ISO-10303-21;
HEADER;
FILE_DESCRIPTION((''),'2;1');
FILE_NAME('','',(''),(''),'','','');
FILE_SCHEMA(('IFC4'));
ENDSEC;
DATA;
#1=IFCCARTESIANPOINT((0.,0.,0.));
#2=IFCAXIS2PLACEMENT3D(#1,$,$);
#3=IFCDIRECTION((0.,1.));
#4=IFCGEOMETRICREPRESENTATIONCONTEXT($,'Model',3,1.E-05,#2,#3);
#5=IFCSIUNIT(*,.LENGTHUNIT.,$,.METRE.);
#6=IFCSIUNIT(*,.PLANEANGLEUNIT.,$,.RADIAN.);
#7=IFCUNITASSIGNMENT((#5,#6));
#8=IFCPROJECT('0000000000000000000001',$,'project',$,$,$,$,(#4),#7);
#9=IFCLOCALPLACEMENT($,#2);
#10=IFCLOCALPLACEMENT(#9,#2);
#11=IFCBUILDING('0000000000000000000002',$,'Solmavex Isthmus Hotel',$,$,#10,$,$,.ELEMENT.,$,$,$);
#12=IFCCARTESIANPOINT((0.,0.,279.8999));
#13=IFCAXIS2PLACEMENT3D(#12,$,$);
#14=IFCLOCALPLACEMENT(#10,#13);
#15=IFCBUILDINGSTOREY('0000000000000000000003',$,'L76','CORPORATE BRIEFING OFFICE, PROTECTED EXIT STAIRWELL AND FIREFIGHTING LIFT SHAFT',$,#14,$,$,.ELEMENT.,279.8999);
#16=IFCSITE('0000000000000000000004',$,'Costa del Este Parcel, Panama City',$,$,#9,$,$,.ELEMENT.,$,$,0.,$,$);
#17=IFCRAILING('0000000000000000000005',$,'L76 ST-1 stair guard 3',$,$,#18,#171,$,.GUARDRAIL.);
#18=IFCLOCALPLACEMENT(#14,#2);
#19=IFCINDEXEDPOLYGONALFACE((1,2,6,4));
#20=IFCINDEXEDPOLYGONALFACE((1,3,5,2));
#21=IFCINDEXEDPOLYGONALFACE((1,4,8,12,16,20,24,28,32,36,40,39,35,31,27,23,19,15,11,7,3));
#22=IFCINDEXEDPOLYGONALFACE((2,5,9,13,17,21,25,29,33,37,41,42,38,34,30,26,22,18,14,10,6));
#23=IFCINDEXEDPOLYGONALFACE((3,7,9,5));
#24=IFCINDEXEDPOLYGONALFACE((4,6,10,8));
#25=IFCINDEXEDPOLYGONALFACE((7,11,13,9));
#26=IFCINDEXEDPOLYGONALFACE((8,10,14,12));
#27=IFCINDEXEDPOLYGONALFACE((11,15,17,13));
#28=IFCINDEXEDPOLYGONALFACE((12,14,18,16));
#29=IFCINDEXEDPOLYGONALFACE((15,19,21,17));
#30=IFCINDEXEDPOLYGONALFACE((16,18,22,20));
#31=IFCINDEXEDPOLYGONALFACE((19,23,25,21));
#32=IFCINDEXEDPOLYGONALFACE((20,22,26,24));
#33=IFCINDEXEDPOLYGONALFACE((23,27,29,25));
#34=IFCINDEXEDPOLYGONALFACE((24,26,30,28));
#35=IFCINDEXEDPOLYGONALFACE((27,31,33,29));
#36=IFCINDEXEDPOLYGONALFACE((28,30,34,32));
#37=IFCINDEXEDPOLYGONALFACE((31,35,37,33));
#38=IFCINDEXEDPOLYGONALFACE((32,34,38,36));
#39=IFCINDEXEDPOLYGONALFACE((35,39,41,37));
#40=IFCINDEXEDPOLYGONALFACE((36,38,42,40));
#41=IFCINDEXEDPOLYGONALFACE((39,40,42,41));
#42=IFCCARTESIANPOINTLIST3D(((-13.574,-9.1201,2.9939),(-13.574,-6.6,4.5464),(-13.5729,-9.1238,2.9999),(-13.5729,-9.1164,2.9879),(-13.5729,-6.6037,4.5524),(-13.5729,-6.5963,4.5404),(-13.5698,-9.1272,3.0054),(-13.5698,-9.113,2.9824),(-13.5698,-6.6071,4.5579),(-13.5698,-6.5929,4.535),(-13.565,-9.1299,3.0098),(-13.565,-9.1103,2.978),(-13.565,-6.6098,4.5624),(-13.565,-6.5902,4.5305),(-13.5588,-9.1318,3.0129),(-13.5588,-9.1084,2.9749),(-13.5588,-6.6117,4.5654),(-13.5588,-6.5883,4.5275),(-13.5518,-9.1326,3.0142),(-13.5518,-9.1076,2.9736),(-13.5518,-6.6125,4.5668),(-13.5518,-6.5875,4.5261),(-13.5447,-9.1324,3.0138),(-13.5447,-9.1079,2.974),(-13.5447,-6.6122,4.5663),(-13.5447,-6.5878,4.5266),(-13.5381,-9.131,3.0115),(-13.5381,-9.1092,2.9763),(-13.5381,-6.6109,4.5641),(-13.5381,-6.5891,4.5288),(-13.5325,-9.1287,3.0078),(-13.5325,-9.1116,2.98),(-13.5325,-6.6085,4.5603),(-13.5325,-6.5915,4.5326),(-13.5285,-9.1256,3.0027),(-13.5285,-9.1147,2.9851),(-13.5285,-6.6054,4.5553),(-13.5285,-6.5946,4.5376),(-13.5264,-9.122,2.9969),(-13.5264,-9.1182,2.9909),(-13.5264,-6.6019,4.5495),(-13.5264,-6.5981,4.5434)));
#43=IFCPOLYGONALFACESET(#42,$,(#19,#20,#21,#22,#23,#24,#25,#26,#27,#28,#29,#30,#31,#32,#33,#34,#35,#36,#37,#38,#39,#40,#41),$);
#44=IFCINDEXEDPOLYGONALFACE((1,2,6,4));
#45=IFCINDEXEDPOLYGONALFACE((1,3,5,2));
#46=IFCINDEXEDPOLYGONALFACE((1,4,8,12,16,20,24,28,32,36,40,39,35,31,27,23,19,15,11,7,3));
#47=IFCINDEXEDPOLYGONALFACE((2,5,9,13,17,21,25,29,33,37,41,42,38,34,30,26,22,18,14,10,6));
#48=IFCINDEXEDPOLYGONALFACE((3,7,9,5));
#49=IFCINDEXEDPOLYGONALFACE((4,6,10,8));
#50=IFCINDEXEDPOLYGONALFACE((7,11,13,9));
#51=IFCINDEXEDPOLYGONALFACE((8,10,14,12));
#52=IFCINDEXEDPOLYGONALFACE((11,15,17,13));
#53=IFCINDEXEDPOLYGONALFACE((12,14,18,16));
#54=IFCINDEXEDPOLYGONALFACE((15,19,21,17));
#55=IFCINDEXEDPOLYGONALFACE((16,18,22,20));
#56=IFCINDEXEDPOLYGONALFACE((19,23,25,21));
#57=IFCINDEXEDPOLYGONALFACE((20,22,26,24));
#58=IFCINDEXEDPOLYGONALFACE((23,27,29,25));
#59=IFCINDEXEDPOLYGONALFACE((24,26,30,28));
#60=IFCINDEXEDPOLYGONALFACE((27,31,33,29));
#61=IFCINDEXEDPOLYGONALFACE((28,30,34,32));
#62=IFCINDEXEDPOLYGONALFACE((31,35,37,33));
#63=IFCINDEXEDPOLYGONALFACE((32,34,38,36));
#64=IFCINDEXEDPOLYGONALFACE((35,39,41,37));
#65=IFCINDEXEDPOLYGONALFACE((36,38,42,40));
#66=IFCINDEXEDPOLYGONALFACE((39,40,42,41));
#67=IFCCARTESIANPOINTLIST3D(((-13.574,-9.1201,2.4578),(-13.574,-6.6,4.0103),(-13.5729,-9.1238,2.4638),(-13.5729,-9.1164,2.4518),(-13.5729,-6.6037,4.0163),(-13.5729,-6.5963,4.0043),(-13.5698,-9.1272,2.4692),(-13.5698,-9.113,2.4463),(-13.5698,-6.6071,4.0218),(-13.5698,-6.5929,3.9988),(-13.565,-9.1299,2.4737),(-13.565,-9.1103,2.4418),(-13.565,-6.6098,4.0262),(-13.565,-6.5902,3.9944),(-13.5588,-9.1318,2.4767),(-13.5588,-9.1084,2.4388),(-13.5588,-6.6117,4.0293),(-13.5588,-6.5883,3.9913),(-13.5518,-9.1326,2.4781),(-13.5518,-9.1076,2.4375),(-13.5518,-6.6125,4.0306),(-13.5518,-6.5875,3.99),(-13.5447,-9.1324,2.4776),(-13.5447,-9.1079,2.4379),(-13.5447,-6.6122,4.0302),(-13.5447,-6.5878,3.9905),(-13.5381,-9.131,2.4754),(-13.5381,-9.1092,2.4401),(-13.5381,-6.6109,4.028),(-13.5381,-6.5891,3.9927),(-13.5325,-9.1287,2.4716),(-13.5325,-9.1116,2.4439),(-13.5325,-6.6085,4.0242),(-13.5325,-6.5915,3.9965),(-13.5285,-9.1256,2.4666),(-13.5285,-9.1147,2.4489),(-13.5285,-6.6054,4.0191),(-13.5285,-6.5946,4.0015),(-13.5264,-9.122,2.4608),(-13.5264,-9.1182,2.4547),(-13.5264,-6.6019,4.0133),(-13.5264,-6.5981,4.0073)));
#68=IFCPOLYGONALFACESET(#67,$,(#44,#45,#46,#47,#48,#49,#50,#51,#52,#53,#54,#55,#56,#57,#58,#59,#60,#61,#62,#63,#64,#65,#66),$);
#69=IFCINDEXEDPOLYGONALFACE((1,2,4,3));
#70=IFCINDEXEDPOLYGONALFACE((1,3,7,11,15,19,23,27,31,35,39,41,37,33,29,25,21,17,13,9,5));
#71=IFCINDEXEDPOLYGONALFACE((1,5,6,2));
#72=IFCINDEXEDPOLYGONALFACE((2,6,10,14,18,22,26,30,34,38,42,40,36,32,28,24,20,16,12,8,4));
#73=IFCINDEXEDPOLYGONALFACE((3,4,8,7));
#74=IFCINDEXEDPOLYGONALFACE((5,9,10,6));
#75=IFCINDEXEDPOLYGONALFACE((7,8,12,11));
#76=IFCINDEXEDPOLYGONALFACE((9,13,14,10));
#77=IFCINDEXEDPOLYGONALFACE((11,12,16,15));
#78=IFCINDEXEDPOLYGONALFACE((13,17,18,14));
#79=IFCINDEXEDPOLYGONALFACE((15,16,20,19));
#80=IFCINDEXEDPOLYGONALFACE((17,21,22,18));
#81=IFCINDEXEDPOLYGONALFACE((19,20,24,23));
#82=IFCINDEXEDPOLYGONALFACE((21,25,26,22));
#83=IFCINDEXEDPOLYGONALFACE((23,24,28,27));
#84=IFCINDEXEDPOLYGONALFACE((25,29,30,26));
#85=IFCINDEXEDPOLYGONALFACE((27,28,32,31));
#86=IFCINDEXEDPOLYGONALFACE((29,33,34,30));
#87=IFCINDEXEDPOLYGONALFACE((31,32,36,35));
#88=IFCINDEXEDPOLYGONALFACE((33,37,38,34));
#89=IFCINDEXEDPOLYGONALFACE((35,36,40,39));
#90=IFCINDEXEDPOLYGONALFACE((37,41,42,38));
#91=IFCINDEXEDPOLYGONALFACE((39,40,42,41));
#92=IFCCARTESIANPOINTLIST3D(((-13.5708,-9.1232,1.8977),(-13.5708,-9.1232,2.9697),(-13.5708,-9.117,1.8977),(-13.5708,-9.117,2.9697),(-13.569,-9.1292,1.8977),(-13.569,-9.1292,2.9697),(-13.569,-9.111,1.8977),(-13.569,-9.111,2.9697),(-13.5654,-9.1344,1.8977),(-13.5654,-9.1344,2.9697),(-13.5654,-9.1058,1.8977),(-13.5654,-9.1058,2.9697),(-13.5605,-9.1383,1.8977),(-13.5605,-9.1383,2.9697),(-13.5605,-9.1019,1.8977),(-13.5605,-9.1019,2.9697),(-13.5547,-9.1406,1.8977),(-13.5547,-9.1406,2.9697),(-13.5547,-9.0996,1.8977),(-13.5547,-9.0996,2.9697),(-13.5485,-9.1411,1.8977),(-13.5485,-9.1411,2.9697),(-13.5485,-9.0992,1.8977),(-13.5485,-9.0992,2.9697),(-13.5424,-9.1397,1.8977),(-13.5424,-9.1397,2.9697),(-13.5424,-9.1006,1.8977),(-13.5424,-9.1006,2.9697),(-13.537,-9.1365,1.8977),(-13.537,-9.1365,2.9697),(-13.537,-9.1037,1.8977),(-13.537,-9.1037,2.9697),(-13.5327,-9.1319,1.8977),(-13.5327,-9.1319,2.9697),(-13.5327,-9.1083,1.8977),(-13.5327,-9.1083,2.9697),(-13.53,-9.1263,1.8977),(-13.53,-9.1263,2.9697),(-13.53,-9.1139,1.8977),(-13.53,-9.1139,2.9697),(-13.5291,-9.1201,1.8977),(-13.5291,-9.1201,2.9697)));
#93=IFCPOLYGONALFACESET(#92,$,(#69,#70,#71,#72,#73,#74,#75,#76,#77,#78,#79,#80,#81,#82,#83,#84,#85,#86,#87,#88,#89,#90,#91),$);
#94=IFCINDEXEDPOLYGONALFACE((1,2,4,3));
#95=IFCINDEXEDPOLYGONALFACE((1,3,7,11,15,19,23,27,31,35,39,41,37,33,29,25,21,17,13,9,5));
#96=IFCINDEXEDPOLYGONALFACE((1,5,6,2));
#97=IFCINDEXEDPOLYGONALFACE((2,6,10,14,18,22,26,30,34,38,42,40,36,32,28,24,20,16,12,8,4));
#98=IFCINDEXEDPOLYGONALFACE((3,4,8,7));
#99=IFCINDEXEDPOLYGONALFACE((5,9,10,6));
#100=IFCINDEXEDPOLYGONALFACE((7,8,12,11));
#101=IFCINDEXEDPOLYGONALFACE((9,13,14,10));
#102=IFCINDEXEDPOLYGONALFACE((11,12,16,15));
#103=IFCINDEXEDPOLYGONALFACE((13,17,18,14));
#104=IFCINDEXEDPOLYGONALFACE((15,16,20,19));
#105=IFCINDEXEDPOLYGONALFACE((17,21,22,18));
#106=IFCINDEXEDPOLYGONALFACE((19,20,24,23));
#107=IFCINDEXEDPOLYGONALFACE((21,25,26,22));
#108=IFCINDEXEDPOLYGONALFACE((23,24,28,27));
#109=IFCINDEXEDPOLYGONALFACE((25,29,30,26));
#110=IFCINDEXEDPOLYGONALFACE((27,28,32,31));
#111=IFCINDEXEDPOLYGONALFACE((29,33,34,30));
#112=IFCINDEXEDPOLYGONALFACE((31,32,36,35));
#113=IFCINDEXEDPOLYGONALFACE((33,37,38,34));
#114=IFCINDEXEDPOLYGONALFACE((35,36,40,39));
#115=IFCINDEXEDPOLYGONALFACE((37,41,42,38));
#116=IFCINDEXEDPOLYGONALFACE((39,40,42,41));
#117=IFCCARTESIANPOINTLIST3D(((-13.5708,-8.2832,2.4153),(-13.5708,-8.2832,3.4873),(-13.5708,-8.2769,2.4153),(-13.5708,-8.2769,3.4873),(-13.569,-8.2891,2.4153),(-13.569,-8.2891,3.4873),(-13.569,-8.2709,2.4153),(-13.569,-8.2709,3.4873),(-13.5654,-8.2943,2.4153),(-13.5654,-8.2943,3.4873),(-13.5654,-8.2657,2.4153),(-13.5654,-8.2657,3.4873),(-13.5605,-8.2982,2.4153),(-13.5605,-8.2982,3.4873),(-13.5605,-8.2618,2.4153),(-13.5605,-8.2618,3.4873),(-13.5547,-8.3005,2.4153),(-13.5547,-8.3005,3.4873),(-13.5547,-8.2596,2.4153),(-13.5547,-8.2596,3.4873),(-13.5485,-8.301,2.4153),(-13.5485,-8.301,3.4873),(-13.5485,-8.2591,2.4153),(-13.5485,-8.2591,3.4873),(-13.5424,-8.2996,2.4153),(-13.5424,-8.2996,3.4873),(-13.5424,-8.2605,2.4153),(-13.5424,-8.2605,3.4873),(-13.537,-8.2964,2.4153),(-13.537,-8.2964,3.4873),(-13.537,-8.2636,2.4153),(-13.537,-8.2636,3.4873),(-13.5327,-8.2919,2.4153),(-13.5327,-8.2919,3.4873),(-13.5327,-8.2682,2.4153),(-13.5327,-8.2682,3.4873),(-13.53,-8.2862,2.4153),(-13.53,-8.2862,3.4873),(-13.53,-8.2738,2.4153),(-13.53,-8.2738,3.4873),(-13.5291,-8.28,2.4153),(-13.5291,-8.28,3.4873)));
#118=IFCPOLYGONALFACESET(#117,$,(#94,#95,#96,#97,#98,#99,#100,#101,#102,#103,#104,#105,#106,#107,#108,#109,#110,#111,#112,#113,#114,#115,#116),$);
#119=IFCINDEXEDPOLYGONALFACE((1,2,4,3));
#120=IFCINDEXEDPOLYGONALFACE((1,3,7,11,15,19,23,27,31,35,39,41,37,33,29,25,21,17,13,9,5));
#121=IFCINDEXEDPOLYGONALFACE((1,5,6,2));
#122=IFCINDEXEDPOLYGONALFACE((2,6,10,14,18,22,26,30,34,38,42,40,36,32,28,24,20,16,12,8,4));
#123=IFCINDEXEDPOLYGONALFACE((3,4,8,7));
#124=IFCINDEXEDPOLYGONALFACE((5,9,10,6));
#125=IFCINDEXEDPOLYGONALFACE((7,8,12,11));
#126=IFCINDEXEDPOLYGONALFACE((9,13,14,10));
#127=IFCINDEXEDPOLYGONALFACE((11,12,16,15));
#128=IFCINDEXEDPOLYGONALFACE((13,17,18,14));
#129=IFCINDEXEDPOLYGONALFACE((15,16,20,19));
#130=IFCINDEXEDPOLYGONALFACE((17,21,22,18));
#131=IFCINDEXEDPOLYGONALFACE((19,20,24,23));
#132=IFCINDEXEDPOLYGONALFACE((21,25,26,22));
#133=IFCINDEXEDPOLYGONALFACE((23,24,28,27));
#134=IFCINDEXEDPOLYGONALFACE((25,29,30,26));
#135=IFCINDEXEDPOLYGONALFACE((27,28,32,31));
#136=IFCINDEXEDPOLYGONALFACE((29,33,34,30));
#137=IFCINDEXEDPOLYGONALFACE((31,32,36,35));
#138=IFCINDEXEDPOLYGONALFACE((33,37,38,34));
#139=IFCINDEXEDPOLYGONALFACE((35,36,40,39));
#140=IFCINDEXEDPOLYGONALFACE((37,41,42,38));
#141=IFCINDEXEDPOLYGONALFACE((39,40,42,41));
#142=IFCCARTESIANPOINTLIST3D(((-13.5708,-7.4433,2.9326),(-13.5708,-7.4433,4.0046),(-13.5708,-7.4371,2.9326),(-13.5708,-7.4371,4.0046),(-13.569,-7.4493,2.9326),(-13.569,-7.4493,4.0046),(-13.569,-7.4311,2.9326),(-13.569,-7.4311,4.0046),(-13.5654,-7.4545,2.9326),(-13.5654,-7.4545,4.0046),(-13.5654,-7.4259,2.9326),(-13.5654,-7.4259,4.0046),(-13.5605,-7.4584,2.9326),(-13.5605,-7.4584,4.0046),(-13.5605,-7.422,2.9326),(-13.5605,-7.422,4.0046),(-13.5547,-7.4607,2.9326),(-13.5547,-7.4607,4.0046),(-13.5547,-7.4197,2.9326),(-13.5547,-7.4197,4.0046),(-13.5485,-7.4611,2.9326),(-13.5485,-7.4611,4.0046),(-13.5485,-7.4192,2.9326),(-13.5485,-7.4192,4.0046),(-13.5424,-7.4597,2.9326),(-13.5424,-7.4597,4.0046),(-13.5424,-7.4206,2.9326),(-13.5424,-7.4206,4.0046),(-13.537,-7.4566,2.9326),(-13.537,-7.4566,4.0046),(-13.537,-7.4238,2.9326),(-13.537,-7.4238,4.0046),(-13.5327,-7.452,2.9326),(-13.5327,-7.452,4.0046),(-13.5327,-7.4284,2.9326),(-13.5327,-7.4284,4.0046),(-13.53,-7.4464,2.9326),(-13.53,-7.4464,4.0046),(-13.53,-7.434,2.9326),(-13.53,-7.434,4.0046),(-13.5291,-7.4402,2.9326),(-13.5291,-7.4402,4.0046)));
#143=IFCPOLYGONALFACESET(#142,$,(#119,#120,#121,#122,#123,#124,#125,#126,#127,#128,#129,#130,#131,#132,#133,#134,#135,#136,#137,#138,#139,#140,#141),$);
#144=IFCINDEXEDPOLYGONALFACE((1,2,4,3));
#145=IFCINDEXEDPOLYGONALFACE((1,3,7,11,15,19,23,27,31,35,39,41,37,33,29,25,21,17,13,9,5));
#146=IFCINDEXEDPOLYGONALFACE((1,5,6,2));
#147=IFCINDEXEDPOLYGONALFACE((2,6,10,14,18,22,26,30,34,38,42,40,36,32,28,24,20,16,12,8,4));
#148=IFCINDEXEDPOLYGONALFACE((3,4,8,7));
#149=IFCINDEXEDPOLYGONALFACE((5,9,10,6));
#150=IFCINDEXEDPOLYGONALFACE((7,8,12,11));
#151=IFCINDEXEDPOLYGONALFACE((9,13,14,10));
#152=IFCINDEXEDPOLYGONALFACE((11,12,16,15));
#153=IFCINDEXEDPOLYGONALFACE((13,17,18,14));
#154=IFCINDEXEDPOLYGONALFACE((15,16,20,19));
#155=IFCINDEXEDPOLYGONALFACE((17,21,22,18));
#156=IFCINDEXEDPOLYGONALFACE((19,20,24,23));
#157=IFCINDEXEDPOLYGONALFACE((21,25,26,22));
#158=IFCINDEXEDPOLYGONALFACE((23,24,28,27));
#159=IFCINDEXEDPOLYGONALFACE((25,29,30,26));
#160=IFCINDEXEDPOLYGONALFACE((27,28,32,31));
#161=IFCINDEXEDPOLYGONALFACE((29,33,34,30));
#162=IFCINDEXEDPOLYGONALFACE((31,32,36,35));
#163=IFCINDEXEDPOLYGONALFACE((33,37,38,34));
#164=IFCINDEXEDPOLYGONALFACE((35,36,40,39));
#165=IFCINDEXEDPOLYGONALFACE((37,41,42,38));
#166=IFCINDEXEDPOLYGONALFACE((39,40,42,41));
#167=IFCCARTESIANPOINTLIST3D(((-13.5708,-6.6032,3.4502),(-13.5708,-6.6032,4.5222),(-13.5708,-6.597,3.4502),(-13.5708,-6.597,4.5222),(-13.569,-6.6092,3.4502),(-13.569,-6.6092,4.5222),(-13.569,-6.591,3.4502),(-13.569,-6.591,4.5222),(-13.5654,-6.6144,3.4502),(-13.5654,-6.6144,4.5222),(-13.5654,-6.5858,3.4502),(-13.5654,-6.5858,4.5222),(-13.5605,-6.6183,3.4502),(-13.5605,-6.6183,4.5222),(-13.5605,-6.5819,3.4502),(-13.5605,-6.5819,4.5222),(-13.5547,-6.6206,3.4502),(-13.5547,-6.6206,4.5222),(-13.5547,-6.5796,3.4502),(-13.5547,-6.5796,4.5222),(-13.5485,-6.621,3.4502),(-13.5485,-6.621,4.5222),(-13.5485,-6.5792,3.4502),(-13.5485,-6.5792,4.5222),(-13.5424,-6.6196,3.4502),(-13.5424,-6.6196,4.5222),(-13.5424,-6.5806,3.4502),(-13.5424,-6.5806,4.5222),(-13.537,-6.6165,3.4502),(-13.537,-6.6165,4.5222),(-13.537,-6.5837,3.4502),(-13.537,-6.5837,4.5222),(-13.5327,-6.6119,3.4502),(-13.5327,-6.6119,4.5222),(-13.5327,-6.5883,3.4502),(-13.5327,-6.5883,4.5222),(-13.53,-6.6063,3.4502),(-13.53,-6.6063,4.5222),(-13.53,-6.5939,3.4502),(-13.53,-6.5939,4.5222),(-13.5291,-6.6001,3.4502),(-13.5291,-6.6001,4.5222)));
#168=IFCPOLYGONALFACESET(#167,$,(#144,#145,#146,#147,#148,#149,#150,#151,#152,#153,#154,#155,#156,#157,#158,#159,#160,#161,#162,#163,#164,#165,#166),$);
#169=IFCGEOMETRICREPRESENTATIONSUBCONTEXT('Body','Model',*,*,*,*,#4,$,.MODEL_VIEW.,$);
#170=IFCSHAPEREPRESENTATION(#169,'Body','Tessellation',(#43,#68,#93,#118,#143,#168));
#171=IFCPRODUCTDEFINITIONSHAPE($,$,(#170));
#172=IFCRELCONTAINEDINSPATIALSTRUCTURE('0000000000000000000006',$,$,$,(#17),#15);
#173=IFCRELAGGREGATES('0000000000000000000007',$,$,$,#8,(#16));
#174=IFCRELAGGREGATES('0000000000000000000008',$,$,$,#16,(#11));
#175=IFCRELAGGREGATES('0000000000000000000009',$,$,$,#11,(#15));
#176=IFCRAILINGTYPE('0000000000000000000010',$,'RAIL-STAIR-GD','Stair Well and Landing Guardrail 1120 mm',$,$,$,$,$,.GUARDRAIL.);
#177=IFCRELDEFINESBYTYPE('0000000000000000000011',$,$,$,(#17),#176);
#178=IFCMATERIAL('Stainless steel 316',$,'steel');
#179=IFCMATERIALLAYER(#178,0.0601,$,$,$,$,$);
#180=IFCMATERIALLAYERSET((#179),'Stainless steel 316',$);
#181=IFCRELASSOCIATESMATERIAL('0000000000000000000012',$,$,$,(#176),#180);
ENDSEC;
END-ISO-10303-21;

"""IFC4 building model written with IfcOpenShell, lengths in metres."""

from ifc_helpers import new_model, si_unit, direction, frame, origin, origin_2d, place, context, subcontext, project, spatial, circle, extrude, material, layer, layer_set, type_object, element, save


model = new_model("IFC4")

# Units and contexts
model_context = context("Model", 3, precision=1e-05, world=origin(), true_north=direction((0.0, 1.0)))
body_context = subcontext(model_context, "Body", "Model", "MODEL_VIEW")
ifc_project = project(units=[si_unit("LENGTHUNIT", "METRE"), si_unit("PLANEANGLEUNIT", "RADIAN")], contexts=[model_context])

# Site, building, storey
site_placement = place(None, origin())
site = spatial("IfcSite", under=ifc_project, at=site_placement, Name="Costa del Este Parcel, Panama City", CompositionType="ELEMENT", RefElevation=0.0)
building_placement = place(site_placement, origin())
building = spatial("IfcBuilding", under=site, at=building_placement, Name="Solmavex Isthmus Hotel", CompositionType="ELEMENT")
storey_placement = place(building_placement, frame((0.0, 0.0, 279.8999)))
storey = spatial("IfcBuildingStorey", under=building, at=storey_placement, Name="L76", Description="CORPORATE BRIEFING OFFICE, PROTECTED EXIT STAIRWELL AND FIREFIGHTING LIFT SHAFT", CompositionType="ELEMENT", Elevation=279.8999)

# Shared definitions
ifc_material_1 = material(Name="Stainless steel 316", Category="steel")

# Railing
ifc_layer_1 = layer(ifc_material_1, 0.0601)
ifc_layer_set_1 = layer_set([ifc_layer_1], Name="Stainless steel 316")
railing_type_1 = type_object("IfcRailingType", Name="RAIL-STAIR-GD", Description="Stair Well and Landing Guardrail 1120 mm", PredefinedType="GUARDRAIL", material=ifc_layer_set_1)
railing_1_placement = place(storey_placement, frame((-13.55, -9.1201, 1.8977)))
element("IfcRailing", 1, at=railing_1_placement, inside=storey, type_object=railing_type_1, Name="L76 ST-1 stair guard 3", PredefinedType="GUARDRAIL", context=body_context, shape_type="SweptSolid", body=[
    extrude(circle(Radius=0.0239, at=origin_2d()), frame((0.0, 0.0, 1.0962), z_axis=(0.0, 0.8514, 0.524516), x_axis=(-1.0, 0.0, 0.0)), (0.0, 0.0, 1.0), 2.96),
    extrude(circle(Radius=0.0239, at=origin_2d()), frame((0.0, 0.0, 0.5601), z_axis=(0.0, 0.8514, 0.524516), x_axis=(-1.0, 0.0, 0.0)), (0.0, 0.0, 1.0), 2.96),
    extrude(circle(Radius=0.021, at=origin_2d()), origin(), (0.0, 0.0, 1.0), 1.072),
    extrude(circle(Radius=0.021, at=origin_2d()), frame((0.0, 0.8401, 0.5176)), (0.0, 0.0, 1.0), 1.072),
    extrude(circle(Radius=0.021, at=origin_2d()), frame((0.0, 1.6799, 1.0349)), (0.0, 0.0, 1.0), 1.072),
    extrude(circle(Radius=0.021, at=origin_2d()), frame((0.0, 2.52, 1.5525)), (0.0, 0.0, 1.0), 1.072),
])

save(model, "model.ifc")
